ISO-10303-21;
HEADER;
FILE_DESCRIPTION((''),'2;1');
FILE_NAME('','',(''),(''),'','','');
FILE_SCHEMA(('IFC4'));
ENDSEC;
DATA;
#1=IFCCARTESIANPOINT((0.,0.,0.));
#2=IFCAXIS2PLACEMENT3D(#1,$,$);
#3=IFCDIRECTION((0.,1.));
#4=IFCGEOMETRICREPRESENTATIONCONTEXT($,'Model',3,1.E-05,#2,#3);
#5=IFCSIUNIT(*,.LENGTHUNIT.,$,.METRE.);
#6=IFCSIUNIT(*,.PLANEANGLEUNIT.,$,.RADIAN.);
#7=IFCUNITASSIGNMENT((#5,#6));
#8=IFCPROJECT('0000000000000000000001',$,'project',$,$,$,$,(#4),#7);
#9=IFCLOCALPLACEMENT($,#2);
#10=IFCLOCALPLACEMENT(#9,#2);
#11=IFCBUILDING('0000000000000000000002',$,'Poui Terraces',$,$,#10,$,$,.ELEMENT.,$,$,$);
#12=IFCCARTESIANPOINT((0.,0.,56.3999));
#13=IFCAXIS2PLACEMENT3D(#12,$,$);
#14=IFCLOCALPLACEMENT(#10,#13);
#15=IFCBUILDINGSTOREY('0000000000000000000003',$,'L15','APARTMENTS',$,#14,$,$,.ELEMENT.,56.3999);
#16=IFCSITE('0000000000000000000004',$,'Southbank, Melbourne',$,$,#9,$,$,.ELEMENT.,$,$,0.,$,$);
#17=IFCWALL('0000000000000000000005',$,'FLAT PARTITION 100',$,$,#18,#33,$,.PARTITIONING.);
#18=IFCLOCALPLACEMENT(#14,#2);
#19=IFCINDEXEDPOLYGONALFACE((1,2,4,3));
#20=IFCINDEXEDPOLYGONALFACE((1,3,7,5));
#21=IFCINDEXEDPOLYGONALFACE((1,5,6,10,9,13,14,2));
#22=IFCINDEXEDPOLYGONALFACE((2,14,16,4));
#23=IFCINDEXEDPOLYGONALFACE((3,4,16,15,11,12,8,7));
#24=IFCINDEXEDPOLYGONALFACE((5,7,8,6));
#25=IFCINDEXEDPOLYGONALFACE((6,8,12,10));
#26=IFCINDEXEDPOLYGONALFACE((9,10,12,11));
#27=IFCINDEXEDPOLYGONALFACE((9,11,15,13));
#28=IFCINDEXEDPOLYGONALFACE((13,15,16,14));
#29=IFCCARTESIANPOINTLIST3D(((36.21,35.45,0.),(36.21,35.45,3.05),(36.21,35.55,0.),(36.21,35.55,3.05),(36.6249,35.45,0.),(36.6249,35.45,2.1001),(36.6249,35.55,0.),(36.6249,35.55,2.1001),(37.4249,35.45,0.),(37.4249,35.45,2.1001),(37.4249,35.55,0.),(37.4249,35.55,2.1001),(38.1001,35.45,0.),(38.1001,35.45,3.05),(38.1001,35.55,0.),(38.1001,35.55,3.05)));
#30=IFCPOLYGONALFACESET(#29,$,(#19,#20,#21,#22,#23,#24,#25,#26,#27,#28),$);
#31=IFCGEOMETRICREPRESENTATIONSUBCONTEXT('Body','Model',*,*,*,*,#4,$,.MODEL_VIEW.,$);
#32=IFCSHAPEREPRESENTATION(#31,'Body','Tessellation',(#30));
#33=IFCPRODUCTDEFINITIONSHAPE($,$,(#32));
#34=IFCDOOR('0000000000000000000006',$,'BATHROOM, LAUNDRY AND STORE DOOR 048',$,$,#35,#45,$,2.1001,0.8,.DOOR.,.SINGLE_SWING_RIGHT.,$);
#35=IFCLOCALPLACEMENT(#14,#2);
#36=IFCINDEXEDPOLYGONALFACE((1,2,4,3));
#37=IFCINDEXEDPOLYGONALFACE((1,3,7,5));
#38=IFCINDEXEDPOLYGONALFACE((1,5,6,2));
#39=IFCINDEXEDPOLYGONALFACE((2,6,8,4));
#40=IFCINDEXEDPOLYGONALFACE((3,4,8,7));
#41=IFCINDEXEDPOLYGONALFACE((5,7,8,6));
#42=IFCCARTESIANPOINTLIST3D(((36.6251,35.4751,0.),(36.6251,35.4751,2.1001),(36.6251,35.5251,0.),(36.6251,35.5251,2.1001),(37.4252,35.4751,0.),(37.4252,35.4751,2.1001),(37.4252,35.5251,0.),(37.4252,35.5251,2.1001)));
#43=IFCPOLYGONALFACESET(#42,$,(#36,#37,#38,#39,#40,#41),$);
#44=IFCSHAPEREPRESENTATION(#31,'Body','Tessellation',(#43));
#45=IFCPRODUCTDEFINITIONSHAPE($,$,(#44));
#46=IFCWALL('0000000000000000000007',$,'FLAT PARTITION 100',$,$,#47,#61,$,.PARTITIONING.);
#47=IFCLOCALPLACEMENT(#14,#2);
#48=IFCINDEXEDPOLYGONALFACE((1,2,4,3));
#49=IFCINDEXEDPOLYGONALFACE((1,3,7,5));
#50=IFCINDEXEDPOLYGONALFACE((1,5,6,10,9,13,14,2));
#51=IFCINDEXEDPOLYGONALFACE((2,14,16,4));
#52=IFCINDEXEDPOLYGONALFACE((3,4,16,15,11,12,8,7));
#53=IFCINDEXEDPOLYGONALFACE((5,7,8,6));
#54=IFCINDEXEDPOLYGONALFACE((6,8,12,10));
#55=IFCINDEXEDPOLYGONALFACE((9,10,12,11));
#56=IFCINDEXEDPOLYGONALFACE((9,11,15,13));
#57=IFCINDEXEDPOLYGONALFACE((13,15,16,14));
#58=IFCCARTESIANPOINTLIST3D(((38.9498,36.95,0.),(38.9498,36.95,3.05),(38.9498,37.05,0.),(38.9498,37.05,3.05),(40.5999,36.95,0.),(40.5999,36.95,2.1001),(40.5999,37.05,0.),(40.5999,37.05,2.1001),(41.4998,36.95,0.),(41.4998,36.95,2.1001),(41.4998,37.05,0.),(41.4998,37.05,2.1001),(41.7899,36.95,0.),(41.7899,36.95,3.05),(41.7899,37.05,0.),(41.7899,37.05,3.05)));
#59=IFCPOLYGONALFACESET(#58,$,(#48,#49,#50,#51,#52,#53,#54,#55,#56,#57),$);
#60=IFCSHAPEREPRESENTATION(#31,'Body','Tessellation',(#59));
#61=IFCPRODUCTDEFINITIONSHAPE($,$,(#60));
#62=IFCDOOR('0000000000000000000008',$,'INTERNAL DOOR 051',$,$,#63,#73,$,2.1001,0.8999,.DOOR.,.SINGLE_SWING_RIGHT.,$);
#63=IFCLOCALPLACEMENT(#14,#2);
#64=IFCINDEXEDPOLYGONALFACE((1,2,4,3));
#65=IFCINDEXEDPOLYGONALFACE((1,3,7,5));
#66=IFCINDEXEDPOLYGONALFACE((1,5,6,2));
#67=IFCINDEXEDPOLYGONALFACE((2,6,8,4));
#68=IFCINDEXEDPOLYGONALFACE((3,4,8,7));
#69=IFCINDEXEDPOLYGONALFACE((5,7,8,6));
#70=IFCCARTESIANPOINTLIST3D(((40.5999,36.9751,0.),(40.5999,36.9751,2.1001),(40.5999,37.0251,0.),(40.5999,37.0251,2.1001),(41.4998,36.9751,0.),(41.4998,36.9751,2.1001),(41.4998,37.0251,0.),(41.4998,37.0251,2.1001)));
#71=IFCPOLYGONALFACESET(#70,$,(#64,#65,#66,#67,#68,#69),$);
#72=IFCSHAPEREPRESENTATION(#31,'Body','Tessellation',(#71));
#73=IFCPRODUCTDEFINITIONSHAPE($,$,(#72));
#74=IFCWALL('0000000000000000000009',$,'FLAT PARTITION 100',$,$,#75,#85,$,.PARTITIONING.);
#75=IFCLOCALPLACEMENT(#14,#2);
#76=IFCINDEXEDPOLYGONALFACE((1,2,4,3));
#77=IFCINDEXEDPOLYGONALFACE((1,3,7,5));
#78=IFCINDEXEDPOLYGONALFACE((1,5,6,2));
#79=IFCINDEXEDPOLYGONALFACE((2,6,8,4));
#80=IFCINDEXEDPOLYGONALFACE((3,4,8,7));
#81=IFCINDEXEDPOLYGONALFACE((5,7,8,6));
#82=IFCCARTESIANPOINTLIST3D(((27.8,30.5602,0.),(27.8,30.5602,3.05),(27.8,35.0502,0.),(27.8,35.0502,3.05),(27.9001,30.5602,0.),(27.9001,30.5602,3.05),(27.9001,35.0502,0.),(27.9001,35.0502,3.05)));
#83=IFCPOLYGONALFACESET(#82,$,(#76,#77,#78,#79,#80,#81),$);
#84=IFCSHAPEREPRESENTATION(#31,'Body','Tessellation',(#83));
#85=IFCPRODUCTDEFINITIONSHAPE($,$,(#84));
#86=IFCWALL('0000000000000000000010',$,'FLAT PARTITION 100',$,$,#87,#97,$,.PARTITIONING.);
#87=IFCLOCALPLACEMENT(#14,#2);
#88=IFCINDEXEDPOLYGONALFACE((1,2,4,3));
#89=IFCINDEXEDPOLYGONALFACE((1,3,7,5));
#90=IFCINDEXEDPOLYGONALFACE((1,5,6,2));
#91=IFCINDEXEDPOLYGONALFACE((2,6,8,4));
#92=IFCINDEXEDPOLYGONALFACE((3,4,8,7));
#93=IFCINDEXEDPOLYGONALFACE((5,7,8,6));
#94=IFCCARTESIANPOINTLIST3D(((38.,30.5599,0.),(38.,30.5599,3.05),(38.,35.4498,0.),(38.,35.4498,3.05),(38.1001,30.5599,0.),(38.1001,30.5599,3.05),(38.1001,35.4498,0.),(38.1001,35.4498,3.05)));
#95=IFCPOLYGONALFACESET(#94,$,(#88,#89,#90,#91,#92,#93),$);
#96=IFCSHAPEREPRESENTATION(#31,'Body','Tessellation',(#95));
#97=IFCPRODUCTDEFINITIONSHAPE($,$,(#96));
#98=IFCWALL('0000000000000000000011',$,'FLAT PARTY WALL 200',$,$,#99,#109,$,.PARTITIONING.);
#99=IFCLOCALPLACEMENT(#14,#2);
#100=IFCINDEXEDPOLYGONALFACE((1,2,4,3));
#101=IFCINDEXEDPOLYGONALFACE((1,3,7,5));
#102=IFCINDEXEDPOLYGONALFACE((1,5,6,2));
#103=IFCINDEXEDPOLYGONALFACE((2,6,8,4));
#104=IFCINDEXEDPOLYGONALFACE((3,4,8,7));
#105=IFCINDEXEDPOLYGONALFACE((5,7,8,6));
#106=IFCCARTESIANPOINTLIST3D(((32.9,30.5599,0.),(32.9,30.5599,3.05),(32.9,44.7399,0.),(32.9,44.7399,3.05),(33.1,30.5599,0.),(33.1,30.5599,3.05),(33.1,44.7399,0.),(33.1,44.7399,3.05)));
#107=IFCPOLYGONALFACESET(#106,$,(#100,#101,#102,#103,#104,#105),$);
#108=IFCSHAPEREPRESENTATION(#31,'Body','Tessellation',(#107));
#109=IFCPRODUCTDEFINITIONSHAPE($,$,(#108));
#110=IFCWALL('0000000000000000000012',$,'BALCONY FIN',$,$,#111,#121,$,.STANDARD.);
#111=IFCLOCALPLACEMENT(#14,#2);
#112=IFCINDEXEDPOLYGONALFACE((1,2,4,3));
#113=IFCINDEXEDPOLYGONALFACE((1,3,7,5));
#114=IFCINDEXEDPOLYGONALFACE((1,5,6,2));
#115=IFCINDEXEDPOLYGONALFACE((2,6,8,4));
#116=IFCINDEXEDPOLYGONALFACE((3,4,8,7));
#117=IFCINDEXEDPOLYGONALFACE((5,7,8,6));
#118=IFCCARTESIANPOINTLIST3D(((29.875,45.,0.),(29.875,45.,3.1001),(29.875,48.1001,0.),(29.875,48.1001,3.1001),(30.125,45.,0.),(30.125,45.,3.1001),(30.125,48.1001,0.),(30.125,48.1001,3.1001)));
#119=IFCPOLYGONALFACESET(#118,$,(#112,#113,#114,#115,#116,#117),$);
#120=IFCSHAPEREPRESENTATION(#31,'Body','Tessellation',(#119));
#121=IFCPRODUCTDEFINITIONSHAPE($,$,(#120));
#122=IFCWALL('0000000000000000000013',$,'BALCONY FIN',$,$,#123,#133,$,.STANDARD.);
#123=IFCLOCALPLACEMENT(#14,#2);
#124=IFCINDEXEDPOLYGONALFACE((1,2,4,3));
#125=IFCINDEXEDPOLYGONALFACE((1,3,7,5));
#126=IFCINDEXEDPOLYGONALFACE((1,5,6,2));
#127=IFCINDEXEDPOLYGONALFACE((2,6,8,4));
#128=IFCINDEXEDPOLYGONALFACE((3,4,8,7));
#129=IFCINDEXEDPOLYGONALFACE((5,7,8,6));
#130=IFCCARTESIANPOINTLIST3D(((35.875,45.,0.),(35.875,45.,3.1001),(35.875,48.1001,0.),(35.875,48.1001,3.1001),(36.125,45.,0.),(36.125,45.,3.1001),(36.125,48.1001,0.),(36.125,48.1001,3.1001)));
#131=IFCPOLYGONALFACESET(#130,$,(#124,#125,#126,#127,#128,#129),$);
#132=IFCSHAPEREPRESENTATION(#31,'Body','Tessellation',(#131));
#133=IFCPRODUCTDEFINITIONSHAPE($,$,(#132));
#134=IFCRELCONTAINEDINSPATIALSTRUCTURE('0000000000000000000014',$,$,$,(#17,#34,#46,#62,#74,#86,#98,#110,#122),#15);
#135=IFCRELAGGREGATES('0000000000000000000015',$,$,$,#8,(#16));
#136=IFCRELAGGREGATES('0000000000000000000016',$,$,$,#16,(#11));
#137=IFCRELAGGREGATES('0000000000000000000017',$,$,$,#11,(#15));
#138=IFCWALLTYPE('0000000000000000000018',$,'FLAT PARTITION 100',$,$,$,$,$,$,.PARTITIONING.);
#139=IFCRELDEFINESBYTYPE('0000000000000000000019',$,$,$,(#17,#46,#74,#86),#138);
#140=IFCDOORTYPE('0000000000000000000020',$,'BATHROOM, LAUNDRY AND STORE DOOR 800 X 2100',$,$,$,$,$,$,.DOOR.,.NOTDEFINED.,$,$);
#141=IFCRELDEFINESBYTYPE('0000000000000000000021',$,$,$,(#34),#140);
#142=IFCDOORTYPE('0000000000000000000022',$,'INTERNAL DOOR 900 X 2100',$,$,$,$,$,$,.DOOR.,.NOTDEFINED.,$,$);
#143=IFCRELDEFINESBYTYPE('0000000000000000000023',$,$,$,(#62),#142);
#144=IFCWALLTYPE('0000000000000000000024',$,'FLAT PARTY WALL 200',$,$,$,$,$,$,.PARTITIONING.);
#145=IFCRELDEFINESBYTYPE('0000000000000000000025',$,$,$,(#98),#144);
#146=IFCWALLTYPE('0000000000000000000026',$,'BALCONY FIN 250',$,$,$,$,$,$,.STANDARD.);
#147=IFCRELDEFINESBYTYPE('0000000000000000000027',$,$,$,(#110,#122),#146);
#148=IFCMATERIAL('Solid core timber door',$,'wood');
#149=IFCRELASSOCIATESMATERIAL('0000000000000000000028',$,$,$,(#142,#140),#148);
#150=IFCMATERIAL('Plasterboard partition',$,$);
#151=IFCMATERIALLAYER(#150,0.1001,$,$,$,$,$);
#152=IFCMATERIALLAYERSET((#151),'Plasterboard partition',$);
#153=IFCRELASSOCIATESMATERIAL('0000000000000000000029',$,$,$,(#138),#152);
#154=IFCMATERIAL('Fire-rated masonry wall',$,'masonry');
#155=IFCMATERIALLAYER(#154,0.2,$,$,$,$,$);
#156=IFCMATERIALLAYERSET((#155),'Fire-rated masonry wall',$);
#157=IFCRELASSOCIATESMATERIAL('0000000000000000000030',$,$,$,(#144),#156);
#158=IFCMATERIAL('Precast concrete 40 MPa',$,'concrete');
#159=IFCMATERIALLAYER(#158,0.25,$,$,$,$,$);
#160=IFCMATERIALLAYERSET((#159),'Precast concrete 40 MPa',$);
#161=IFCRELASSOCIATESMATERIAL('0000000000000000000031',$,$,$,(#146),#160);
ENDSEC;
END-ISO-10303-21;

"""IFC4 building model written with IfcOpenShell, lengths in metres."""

from ifc_helpers import new_model, si_unit, direction, frame, frame_2d, origin, place, context, subcontext, project, spatial, polyline, rectangle, outline, extrude, source, transform, mapped, material, layer, layer_set, type_object, element, fill, save


model = new_model("IFC4")

# Units and contexts
model_context = context("Model", 3, precision=1e-05, world=origin(), true_north=direction((0.0, 1.0)))
body_context = subcontext(model_context, "Body", "Model", "MODEL_VIEW")
ifc_project = project(units=[si_unit("LENGTHUNIT", "METRE"), si_unit("PLANEANGLEUNIT", "RADIAN")], contexts=[model_context])

# Site, building, storey
site_placement = place(None, origin())
site = spatial("IfcSite", under=ifc_project, at=site_placement, Name="Southbank, Melbourne", CompositionType="ELEMENT", RefElevation=0.0)
building_placement = place(site_placement, origin())
building = spatial("IfcBuilding", under=site, at=building_placement, Name="Poui Terraces", CompositionType="ELEMENT")
storey_placement = place(building_placement, frame((0.0, 0.0, 56.3999)))
storey = spatial("IfcBuildingStorey", under=building, at=storey_placement, Name="L15", Description="APARTMENTS", CompositionType="ELEMENT", Elevation=56.3999)

# Walls, openings, doors
ifc_material_1 = material(Name="Solid core timber door", Category="wood")
door_type_1 = type_object("IfcDoorType", Name="INTERNAL DOOR 900 X 2100", OperationType="NOTDEFINED", PredefinedType="DOOR", material=ifc_material_1)
ifc_material_2 = material(Name="Plasterboard partition")
ifc_layer_1 = layer(ifc_material_2, 0.1001)
ifc_layer_set_1 = layer_set([ifc_layer_1], Name="Plasterboard partition")
wall_type_1 = type_object("IfcWallType", Name="FLAT PARTITION 100", PredefinedType="PARTITIONING", material=ifc_layer_set_1)
door_type_2 = type_object("IfcDoorType", Name="BATHROOM, LAUNDRY AND STORE DOOR 800 X 2100", OperationType="NOTDEFINED", PredefinedType="DOOR", material=ifc_material_1)
wall_1_placement = place(storey_placement, frame((36.21, 35.5, 0.0), z_axis=(0.0, 0.0, 1.0), x_axis=(1.0, 0.0, 0.0)))
wall_1 = element("IfcWall", 1, at=wall_1_placement, inside=storey, type_object=wall_type_1, Name="FLAT PARTITION 100", PredefinedType="PARTITIONING", context=body_context, shape_type="SweptSolid", body=[
    extrude(rectangle(XDim=1.8901, YDim=0.1001, at=frame_2d((0.9451, 0.0))), origin(), (0.0, 0.0, 1.0), 3.05),
])
opening_1_placement = place(wall_1_placement, frame((0.415, 0.0, 0.0)))
opening_1 = element("IfcOpeningElement", 2, at=opening_1_placement, cuts=wall_1, PredefinedType="OPENING", context=body_context, shape_type="SweptSolid", body=[
    extrude(rectangle(XDim=0.8, YDim=2.1001, at=frame_2d((0.3999, 1.05))), frame((0.0, 0.0601, 0.0), z_axis=(0.0, -1.0, 0.0), x_axis=(1.0, 0.0, 0.0)), (0.0, 0.0, 1.0), 0.1201),
])
door_1_placement = place(opening_1_placement, frame((0.8, 0.0, 0.0), z_axis=(0.0, 0.0, 1.0), x_axis=(-1.0, 0.0, 0.0)))
door_1 = element("IfcDoor", 3, at=door_1_placement, inside=storey, type_object=door_type_2, Name="BATHROOM, LAUNDRY AND STORE DOOR 048", OperationType="SINGLE_SWING_RIGHT", OverallHeight=2.1001, OverallWidth=0.8, PredefinedType="DOOR", context=body_context, shape_type="SweptSolid", body=[
    extrude(rectangle(XDim=0.8, YDim=2.1001, at=frame_2d((0.3999, 1.05))), frame((0.0, 0.0249, 0.0), z_axis=(0.0, -1.0, 0.0), x_axis=(1.0, 0.0, 0.0)), (0.0, 0.0, 1.0), 0.05),
])
fill(opening_1, door_1)
wall_2_placement = place(storey_placement, frame((38.95, 37.0, 0.0), z_axis=(0.0, 0.0, 1.0), x_axis=(1.0, 0.0, 0.0)))
wall_2 = element("IfcWall", 4, at=wall_2_placement, inside=storey, type_object=wall_type_1, Name="FLAT PARTITION 100", PredefinedType="PARTITIONING", context=body_context, shape_type="SweptSolid", body=[
    extrude(rectangle(XDim=2.8401, YDim=0.1001, at=frame_2d((1.4199, 0.0))), origin(), (0.0, 0.0, 1.0), 3.05),
])
opening_2_placement = place(wall_2_placement, frame((1.6499, 0.0, 0.0)))
opening_2 = element("IfcOpeningElement", 5, at=opening_2_placement, cuts=wall_2, PredefinedType="OPENING", context=body_context, shape_type="SweptSolid", body=[
    extrude(rectangle(XDim=0.8999, YDim=2.1001, at=frame_2d((0.45, 1.05))), frame((0.0, 0.0601, 0.0), z_axis=(0.0, -1.0, 0.0), x_axis=(1.0, 0.0, 0.0)), (0.0, 0.0, 1.0), 0.1201),
])
door_2_placement = place(opening_2_placement, frame((0.8999, 0.0, 0.0), z_axis=(0.0, 0.0, 1.0), x_axis=(-1.0, 0.0, 0.0)))
door_2 = element("IfcDoor", 6, at=door_2_placement, inside=storey, type_object=door_type_1, Name="INTERNAL DOOR 051", OperationType="SINGLE_SWING_RIGHT", OverallHeight=2.1001, OverallWidth=0.8999, PredefinedType="DOOR", context=body_context, shape_type="SweptSolid", body=[
    extrude(rectangle(XDim=0.8999, YDim=2.1001, at=frame_2d((0.45, 1.05))), frame((0.0, 0.0249, 0.0), z_axis=(0.0, -1.0, 0.0), x_axis=(1.0, 0.0, 0.0)), (0.0, 0.0, 1.0), 0.05),
])
fill(opening_2, door_2)

# Walls
wall_3_placement = place(storey_placement, frame((27.8501, 30.5601, 0.0), z_axis=(0.0, 0.0, 1.0), x_axis=(0.0, 1.0, 0.0)))
element("IfcWall", 7, at=wall_3_placement, inside=storey, type_object=wall_type_1, Name="FLAT PARTITION 100", PredefinedType="PARTITIONING", context=body_context, shape_type="SweptSolid", body=[
    extrude(rectangle(XDim=4.49, YDim=0.1001, at=frame_2d((2.2451, 0.0))), origin(), (0.0, 0.0, 1.0), 3.05),
])
wall_4_placement = place(storey_placement, frame((38.05, 30.5601, 0.0), z_axis=(0.0, 0.0, 1.0), x_axis=(0.0, 1.0, 0.0)))
element("IfcWall", 8, at=wall_4_placement, inside=storey, type_object=wall_type_1, Name="FLAT PARTITION 100", PredefinedType="PARTITIONING", context=body_context, shape_type="SweptSolid", body=[
    extrude(rectangle(XDim=4.8899, YDim=0.1001, at=frame_2d((2.4448, 0.0))), origin(), (0.0, 0.0, 1.0), 3.05),
])
ifc_material_3 = material(Name="Fire-rated masonry wall", Category="masonry")
ifc_layer_2 = layer(ifc_material_3, 0.2)
ifc_layer_set_2 = layer_set([ifc_layer_2], Name="Fire-rated masonry wall")
wall_type_2 = type_object("IfcWallType", Name="FLAT PARTY WALL 200", PredefinedType="PARTITIONING", material=ifc_layer_set_2)
wall_5_placement = place(storey_placement, frame((33.0, 30.5601, 0.0), z_axis=(0.0, 0.0, 1.0), x_axis=(0.0, 1.0, 0.0)))
element("IfcWall", 9, at=wall_5_placement, inside=storey, type_object=wall_type_2, Name="FLAT PARTY WALL 200", PredefinedType="PARTITIONING", context=body_context, shape_type="SweptSolid", body=[
    extrude(rectangle(XDim=14.1799, YDim=0.2, at=frame_2d((7.0898, 0.0))), origin(), (0.0, 0.0, 1.0), 3.05),
])
ifc_material_4 = material(Name="Precast concrete 40 MPa", Category="concrete")
ifc_layer_3 = layer(ifc_material_4, 0.25)
ifc_layer_set_3 = layer_set([ifc_layer_3], Name="Precast concrete 40 MPa")
wall_type_3 = type_object("IfcWallType", Name="BALCONY FIN 250", PredefinedType="STANDARD", material=ifc_layer_set_3)
shared_shape = source(origin(), body_context, "Body", "SweptSolid", [
    extrude(outline(polyline([(0.0, 0.0), (0.25, 0.0), (0.25, 3.1001), (0.0, 3.1001), (0.0, 0.0)])), origin(), (0.0, 0.0, 1.0), 3.1001),
])
for number, where, name in (
    (10, (29.875, 45.0, 0.0), "BALCONY FIN"),
    (11, (35.875, 45.0, 0.0), "BALCONY FIN"),
):
    element("IfcWall", number, at=place(storey_placement, frame(where)), inside=storey, type_object=wall_type_3, Name=name, PredefinedType="STANDARD", context=body_context, shape_type="MappedRepresentation", body=[
        mapped(shared_shape, transform((0.0, 0.0, 0.0))),
    ])

save(model, "model.ifc")
